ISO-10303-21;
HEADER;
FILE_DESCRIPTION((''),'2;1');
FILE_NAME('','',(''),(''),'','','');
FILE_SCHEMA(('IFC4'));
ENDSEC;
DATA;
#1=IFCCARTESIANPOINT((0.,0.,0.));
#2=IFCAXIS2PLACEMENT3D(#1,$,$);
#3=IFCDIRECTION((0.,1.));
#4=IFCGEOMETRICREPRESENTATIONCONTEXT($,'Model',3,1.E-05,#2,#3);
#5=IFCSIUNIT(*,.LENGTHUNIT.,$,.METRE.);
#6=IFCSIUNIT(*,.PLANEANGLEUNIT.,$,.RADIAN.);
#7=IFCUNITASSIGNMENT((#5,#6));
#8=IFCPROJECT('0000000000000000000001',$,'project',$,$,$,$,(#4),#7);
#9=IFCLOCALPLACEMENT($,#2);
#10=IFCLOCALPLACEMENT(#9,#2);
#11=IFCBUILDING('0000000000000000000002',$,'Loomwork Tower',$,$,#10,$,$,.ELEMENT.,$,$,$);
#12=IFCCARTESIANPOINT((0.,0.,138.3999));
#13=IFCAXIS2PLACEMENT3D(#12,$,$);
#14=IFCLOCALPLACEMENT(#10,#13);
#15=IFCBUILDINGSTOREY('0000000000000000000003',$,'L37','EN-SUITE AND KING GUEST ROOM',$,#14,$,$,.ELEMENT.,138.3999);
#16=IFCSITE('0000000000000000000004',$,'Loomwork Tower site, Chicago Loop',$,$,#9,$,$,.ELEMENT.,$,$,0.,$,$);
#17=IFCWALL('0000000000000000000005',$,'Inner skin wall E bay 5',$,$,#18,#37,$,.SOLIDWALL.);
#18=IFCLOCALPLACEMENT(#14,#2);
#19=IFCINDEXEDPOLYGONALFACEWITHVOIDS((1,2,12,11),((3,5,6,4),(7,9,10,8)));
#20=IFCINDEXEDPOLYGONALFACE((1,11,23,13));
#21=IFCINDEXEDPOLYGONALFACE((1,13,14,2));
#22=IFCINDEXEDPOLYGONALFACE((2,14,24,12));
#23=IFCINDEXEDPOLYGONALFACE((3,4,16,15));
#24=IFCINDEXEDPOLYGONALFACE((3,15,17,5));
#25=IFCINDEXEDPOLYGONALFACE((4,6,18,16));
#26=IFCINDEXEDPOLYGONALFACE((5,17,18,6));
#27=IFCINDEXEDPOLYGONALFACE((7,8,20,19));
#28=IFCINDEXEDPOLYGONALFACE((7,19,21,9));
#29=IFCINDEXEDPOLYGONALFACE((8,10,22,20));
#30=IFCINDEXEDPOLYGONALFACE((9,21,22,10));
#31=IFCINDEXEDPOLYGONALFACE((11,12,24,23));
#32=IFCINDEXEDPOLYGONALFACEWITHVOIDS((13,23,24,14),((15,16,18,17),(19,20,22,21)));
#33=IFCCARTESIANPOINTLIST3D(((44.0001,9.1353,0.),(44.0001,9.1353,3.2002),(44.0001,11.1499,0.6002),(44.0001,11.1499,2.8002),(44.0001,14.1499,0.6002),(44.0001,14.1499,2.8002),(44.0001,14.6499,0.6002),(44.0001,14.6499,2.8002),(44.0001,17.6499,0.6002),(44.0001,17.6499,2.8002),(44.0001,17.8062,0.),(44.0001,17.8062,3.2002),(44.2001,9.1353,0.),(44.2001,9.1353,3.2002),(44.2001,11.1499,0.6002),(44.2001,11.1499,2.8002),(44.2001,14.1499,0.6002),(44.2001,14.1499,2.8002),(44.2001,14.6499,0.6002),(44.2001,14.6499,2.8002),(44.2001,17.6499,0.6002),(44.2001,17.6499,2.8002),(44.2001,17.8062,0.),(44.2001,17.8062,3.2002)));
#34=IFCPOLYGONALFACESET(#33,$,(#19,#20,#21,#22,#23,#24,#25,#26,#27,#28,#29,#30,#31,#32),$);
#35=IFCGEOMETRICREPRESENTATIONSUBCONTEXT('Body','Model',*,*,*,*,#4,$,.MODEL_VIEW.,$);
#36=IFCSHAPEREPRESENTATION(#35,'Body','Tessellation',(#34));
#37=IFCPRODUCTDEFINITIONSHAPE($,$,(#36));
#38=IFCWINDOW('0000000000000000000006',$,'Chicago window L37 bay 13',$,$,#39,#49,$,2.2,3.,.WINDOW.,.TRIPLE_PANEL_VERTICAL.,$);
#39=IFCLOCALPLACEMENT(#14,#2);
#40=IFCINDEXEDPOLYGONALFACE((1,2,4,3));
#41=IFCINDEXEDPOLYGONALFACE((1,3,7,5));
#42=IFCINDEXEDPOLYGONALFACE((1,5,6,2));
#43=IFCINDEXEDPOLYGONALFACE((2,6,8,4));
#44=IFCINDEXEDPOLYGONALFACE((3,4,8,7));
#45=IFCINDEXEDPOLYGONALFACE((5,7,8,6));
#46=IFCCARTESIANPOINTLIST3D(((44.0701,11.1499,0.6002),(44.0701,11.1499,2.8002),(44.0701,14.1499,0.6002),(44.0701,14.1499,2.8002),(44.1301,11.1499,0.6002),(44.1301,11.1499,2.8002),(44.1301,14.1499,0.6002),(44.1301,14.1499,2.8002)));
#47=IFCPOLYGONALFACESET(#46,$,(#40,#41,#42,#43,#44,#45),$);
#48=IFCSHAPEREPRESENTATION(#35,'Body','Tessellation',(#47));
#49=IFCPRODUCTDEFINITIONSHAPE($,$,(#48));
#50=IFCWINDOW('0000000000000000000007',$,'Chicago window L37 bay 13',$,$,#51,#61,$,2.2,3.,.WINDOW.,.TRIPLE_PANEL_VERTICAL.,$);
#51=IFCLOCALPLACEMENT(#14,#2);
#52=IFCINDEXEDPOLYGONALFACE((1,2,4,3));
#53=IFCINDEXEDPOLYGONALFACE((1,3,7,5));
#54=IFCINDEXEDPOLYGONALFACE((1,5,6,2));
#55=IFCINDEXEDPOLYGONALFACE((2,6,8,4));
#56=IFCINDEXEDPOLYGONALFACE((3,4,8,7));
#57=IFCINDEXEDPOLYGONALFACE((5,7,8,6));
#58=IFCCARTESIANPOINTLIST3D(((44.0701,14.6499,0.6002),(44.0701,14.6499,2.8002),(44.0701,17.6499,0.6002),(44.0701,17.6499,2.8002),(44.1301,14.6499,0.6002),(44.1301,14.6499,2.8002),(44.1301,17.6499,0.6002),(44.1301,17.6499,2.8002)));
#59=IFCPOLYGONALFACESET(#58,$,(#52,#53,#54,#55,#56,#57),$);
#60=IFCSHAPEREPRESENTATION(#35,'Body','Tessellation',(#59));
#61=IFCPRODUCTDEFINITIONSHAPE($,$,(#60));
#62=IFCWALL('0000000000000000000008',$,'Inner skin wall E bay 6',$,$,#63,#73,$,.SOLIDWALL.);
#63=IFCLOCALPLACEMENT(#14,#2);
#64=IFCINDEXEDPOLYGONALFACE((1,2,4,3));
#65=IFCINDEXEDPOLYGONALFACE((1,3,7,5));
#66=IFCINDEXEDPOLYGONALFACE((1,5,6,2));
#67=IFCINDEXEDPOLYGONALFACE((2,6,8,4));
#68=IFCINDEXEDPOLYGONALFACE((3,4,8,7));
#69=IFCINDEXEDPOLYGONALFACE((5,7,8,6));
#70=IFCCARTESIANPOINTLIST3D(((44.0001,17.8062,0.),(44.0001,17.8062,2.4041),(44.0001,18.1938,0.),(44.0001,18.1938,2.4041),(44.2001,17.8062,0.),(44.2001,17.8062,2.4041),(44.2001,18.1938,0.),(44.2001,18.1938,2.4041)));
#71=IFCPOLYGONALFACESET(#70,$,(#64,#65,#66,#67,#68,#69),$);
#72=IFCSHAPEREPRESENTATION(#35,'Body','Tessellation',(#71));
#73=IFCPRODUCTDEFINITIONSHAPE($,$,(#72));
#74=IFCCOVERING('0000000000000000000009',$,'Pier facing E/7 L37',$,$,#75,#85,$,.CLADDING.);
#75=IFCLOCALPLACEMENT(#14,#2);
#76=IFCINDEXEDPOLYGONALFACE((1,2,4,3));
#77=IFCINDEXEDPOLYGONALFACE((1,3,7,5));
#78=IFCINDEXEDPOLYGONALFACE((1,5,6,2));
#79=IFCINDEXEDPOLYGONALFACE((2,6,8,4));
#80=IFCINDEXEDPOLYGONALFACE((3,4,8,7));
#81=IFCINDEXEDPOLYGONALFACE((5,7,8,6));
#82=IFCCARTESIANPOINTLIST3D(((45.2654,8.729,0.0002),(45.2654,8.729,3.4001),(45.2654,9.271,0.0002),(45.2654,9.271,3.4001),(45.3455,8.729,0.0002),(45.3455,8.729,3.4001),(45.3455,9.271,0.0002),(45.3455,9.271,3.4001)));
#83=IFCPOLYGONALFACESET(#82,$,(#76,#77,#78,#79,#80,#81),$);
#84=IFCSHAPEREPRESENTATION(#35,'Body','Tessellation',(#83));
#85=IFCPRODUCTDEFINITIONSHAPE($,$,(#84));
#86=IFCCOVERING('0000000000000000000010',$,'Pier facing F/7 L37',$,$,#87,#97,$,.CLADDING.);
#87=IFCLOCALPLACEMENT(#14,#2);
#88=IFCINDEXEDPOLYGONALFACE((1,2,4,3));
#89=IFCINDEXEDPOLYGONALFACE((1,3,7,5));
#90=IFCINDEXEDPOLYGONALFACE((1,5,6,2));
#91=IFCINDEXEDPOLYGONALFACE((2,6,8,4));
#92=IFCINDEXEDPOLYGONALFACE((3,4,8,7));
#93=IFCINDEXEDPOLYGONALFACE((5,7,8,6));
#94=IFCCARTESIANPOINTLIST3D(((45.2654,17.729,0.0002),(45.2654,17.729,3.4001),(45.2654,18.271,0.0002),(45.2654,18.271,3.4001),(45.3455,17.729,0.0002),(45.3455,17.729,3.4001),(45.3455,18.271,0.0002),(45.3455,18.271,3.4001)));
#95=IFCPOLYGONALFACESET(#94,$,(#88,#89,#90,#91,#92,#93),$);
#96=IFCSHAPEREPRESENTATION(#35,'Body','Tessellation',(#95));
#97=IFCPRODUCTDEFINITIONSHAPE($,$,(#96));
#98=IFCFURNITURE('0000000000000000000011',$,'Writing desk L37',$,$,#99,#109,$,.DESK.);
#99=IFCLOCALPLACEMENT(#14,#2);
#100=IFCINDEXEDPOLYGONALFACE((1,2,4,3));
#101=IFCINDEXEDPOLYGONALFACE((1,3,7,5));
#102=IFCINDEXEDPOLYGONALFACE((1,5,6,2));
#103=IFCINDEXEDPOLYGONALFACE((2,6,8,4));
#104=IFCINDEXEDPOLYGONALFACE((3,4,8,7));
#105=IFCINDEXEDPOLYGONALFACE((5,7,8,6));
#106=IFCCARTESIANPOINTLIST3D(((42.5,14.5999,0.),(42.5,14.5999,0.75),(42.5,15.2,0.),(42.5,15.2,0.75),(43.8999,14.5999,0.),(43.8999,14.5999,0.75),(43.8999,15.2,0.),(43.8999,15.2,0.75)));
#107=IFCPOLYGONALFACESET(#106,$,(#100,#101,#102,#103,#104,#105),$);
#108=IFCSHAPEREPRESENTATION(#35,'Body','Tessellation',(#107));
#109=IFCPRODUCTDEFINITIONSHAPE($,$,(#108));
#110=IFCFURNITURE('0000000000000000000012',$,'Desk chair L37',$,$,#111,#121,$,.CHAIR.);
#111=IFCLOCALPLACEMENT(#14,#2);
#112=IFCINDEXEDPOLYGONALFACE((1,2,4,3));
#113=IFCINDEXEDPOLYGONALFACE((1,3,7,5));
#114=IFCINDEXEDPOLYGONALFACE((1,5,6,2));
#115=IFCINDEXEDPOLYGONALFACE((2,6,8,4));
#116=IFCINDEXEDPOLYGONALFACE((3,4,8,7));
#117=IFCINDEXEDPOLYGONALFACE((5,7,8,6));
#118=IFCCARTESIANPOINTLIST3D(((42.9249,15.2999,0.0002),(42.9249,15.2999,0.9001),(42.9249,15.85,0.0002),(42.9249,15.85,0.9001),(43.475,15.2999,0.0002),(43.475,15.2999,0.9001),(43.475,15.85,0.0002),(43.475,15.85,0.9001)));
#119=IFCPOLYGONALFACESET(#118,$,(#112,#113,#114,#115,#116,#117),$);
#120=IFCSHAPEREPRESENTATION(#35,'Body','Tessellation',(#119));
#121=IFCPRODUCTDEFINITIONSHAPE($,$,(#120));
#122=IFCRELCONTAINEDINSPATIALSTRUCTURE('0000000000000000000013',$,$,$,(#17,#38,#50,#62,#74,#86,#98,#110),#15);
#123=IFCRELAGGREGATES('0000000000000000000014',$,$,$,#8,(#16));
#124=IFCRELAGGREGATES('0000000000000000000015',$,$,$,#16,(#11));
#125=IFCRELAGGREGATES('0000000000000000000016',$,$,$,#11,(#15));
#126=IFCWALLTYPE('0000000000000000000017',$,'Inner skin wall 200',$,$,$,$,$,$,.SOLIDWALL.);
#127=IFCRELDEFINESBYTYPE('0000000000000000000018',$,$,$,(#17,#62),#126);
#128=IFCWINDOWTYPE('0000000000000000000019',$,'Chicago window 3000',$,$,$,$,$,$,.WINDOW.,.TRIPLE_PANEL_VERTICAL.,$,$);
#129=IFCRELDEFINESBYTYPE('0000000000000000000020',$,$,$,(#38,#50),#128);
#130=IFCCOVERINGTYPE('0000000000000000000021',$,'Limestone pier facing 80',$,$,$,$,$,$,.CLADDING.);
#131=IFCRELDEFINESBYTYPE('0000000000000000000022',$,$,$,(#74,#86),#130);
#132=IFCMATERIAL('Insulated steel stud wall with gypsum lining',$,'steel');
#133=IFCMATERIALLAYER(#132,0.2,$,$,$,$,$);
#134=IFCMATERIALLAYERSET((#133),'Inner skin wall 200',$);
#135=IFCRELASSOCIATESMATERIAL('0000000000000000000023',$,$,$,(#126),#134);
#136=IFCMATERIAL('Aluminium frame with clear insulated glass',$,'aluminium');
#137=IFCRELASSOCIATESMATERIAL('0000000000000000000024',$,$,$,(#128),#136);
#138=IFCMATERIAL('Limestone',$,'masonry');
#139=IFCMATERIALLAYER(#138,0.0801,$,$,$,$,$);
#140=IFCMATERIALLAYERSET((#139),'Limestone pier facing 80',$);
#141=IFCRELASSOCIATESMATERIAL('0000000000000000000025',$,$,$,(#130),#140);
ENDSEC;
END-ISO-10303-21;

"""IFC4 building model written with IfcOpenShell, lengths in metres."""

from ifc_helpers import new_model, si_unit, direction, frame, frame_2d, origin, origin_2d, place, context, subcontext, project, spatial, rectangle, extrude, material, layer, layer_set, type_object, element, fill, save


model = new_model("IFC4")

# Units and contexts
model_context = context("Model", 3, precision=1e-05, world=origin(), true_north=direction((0.0, 1.0)))
body_context = subcontext(model_context, "Body", "Model", "MODEL_VIEW")
ifc_project = project(units=[si_unit("LENGTHUNIT", "METRE"), si_unit("PLANEANGLEUNIT", "RADIAN")], contexts=[model_context])

# Site, building, storey
site_placement = place(None, origin())
site = spatial("IfcSite", under=ifc_project, at=site_placement, Name="Loomwork Tower site, Chicago Loop", CompositionType="ELEMENT", RefElevation=0.0)
building_placement = place(site_placement, origin())
building = spatial("IfcBuilding", under=site, at=building_placement, Name="Loomwork Tower", CompositionType="ELEMENT")
storey_placement = place(building_placement, frame((0.0, 0.0, 138.3999)))
storey = spatial("IfcBuildingStorey", under=building, at=storey_placement, Name="L37", Description="EN-SUITE AND KING GUEST ROOM", CompositionType="ELEMENT", Elevation=138.3999)

# Shared definitions
ifc_material_1 = material(Name="Insulated steel stud wall with gypsum lining", Category="steel")
ifc_layer_1 = layer(ifc_material_1, 0.2)
ifc_layer_set_1 = layer_set([ifc_layer_1], Name="Inner skin wall 200")
wall_type = type_object("IfcWallType", Name="Inner skin wall 200", PredefinedType="SOLIDWALL", material=ifc_layer_set_1)

# Wall, openings, windows
wall_1_placement = place(storey_placement, frame((44.1001, 9.1353, 0.0), z_axis=(0.0, 0.0, 1.0), x_axis=(0.0, 1.0, 0.0)))
wall_1 = element("IfcWall", 1, at=wall_1_placement, inside=storey, type_object=wall_type, Name="Inner skin wall E bay 5", PredefinedType="SOLIDWALL", context=body_context, shape_type="SweptSolid", body=[
    extrude(rectangle(XDim=8.6709, YDim=0.2, at=frame_2d((4.3354, 0.0))), origin(), (0.0, 0.0, 1.0), 3.2002),
])
opening_1_placement = place(wall_1_placement, frame((2.0146, 0.0, 0.6001)))
opening_1 = element("IfcOpeningElement", 2, at=opening_1_placement, cuts=wall_1, PredefinedType="OPENING", context=body_context, shape_type="SweptSolid", body=[
    extrude(rectangle(XDim=3.0, YDim=2.2, at=frame_2d((1.5, 1.1001))), frame((0.0, 0.1099, 0.0), z_axis=(0.0, -1.0, 0.0), x_axis=(1.0, 0.0, 0.0)), (0.0, 0.0, 1.0), 0.22),
])
opening_2_placement = place(wall_1_placement, frame((5.5146, 0.0, 0.6001)))
opening_2 = element("IfcOpeningElement", 3, at=opening_2_placement, cuts=wall_1, PredefinedType="OPENING", context=body_context, shape_type="SweptSolid", body=[
    extrude(rectangle(XDim=3.0, YDim=2.2, at=frame_2d((1.5, 1.1001))), frame((0.0, 0.1099, 0.0), z_axis=(0.0, -1.0, 0.0), x_axis=(1.0, 0.0, 0.0)), (0.0, 0.0, 1.0), 0.22),
])
ifc_material_2 = material(Name="Aluminium frame with clear insulated glass", Category="aluminium")
window_type = type_object("IfcWindowType", Name="Chicago window 3000", PartitioningType="TRIPLE_PANEL_VERTICAL", PredefinedType="WINDOW", material=ifc_material_2)
window_1_placement = place(opening_1_placement, origin())
window_1 = element("IfcWindow", 4, at=window_1_placement, inside=storey, type_object=window_type, Name="Chicago window L37 bay 13", OverallHeight=2.2, OverallWidth=3.0, PartitioningType="TRIPLE_PANEL_VERTICAL", PredefinedType="WINDOW", context=body_context, shape_type="SweptSolid", body=[
    extrude(rectangle(XDim=3.0, YDim=2.2, at=frame_2d((1.5, 1.1001))), frame((0.0, 0.03, 0.0), z_axis=(0.0, -1.0, 0.0), x_axis=(1.0, 0.0, 0.0)), (0.0, 0.0, 1.0), 0.0601),
])
fill(opening_1, window_1)
window_2_placement = place(opening_2_placement, origin())
window_2 = element("IfcWindow", 5, at=window_2_placement, inside=storey, type_object=window_type, Name="Chicago window L37 bay 13", OverallHeight=2.2, OverallWidth=3.0, PartitioningType="TRIPLE_PANEL_VERTICAL", PredefinedType="WINDOW", context=body_context, shape_type="SweptSolid", body=[
    extrude(rectangle(XDim=3.0, YDim=2.2, at=frame_2d((1.5, 1.1001))), frame((0.0, 0.03, 0.0), z_axis=(0.0, -1.0, 0.0), x_axis=(1.0, 0.0, 0.0)), (0.0, 0.0, 1.0), 0.0601),
])
fill(opening_2, window_2)

# Wall
wall_2_placement = place(storey_placement, frame((44.1001, 17.8062, 0.0), z_axis=(0.0, 0.0, 1.0), x_axis=(0.0, 1.0, 0.0)))
element("IfcWall", 6, at=wall_2_placement, inside=storey, type_object=wall_type, Name="Inner skin wall E bay 6", PredefinedType="SOLIDWALL", context=body_context, shape_type="SweptSolid", body=[
    extrude(rectangle(XDim=0.3877, YDim=0.2, at=frame_2d((0.1938, 0.0))), origin(), (0.0, 0.0, 1.0), 2.4041),
])

# Coverings
ifc_material_3 = material(Name="Limestone", Category="masonry")
ifc_layer_2 = layer(ifc_material_3, 0.0801)
ifc_layer_set_2 = layer_set([ifc_layer_2], Name="Limestone pier facing 80")
covering_type = type_object("IfcCoveringType", Name="Limestone pier facing 80", PredefinedType="CLADDING", material=ifc_layer_set_2)
for number, where, z_axis, x_axis, name in (
    (7, (45.3054, 9.0, 0.0002), (0.0, 0.0, 1.0), (1.0, 0.0, 0.0), "Pier facing E/7 L37"),
    (8, (45.3054, 18.0, 0.0002), (0.0, 0.0, 1.0), (1.0, 0.0, 0.0), "Pier facing F/7 L37"),
):
    element("IfcCovering", number, at=place(storey_placement, frame(where, z_axis=z_axis, x_axis=x_axis)), inside=storey, type_object=covering_type, Name=name, PredefinedType="CLADDING", context=body_context, shape_type="SweptSolid", body=[
        extrude(rectangle(XDim=0.0801, YDim=0.542, at=origin_2d()), origin(), (0.0, 0.0, 1.0), 3.3999),
    ])

# Furniture
furniture_1_placement = place(storey_placement, frame((43.2, 14.8999, 0.0), z_axis=(0.0, 0.0, 1.0), x_axis=(1.0, 0.0, 0.0)))
element("IfcFurniture", 9, at=furniture_1_placement, inside=storey, Name="Writing desk L37", PredefinedType="DESK", context=body_context, shape_type="SweptSolid", body=[
    extrude(rectangle(XDim=1.3999, YDim=0.6001, at=origin_2d()), origin(), (0.0, 0.0, 1.0), 0.75),
])
furniture_2_placement = place(storey_placement, frame((43.2, 15.575, 0.0002), z_axis=(0.0, 0.0, 1.0), x_axis=(1.0, 0.0, 0.0)))
element("IfcFurniture", 10, at=furniture_2_placement, inside=storey, Name="Desk chair L37", PredefinedType="CHAIR", context=body_context, shape_type="SweptSolid", body=[
    extrude(rectangle(XDim=0.55, YDim=0.55, at=origin_2d()), origin(), (0.0, 0.0, 1.0), 0.8999),
])

save(model, "model.ifc")
